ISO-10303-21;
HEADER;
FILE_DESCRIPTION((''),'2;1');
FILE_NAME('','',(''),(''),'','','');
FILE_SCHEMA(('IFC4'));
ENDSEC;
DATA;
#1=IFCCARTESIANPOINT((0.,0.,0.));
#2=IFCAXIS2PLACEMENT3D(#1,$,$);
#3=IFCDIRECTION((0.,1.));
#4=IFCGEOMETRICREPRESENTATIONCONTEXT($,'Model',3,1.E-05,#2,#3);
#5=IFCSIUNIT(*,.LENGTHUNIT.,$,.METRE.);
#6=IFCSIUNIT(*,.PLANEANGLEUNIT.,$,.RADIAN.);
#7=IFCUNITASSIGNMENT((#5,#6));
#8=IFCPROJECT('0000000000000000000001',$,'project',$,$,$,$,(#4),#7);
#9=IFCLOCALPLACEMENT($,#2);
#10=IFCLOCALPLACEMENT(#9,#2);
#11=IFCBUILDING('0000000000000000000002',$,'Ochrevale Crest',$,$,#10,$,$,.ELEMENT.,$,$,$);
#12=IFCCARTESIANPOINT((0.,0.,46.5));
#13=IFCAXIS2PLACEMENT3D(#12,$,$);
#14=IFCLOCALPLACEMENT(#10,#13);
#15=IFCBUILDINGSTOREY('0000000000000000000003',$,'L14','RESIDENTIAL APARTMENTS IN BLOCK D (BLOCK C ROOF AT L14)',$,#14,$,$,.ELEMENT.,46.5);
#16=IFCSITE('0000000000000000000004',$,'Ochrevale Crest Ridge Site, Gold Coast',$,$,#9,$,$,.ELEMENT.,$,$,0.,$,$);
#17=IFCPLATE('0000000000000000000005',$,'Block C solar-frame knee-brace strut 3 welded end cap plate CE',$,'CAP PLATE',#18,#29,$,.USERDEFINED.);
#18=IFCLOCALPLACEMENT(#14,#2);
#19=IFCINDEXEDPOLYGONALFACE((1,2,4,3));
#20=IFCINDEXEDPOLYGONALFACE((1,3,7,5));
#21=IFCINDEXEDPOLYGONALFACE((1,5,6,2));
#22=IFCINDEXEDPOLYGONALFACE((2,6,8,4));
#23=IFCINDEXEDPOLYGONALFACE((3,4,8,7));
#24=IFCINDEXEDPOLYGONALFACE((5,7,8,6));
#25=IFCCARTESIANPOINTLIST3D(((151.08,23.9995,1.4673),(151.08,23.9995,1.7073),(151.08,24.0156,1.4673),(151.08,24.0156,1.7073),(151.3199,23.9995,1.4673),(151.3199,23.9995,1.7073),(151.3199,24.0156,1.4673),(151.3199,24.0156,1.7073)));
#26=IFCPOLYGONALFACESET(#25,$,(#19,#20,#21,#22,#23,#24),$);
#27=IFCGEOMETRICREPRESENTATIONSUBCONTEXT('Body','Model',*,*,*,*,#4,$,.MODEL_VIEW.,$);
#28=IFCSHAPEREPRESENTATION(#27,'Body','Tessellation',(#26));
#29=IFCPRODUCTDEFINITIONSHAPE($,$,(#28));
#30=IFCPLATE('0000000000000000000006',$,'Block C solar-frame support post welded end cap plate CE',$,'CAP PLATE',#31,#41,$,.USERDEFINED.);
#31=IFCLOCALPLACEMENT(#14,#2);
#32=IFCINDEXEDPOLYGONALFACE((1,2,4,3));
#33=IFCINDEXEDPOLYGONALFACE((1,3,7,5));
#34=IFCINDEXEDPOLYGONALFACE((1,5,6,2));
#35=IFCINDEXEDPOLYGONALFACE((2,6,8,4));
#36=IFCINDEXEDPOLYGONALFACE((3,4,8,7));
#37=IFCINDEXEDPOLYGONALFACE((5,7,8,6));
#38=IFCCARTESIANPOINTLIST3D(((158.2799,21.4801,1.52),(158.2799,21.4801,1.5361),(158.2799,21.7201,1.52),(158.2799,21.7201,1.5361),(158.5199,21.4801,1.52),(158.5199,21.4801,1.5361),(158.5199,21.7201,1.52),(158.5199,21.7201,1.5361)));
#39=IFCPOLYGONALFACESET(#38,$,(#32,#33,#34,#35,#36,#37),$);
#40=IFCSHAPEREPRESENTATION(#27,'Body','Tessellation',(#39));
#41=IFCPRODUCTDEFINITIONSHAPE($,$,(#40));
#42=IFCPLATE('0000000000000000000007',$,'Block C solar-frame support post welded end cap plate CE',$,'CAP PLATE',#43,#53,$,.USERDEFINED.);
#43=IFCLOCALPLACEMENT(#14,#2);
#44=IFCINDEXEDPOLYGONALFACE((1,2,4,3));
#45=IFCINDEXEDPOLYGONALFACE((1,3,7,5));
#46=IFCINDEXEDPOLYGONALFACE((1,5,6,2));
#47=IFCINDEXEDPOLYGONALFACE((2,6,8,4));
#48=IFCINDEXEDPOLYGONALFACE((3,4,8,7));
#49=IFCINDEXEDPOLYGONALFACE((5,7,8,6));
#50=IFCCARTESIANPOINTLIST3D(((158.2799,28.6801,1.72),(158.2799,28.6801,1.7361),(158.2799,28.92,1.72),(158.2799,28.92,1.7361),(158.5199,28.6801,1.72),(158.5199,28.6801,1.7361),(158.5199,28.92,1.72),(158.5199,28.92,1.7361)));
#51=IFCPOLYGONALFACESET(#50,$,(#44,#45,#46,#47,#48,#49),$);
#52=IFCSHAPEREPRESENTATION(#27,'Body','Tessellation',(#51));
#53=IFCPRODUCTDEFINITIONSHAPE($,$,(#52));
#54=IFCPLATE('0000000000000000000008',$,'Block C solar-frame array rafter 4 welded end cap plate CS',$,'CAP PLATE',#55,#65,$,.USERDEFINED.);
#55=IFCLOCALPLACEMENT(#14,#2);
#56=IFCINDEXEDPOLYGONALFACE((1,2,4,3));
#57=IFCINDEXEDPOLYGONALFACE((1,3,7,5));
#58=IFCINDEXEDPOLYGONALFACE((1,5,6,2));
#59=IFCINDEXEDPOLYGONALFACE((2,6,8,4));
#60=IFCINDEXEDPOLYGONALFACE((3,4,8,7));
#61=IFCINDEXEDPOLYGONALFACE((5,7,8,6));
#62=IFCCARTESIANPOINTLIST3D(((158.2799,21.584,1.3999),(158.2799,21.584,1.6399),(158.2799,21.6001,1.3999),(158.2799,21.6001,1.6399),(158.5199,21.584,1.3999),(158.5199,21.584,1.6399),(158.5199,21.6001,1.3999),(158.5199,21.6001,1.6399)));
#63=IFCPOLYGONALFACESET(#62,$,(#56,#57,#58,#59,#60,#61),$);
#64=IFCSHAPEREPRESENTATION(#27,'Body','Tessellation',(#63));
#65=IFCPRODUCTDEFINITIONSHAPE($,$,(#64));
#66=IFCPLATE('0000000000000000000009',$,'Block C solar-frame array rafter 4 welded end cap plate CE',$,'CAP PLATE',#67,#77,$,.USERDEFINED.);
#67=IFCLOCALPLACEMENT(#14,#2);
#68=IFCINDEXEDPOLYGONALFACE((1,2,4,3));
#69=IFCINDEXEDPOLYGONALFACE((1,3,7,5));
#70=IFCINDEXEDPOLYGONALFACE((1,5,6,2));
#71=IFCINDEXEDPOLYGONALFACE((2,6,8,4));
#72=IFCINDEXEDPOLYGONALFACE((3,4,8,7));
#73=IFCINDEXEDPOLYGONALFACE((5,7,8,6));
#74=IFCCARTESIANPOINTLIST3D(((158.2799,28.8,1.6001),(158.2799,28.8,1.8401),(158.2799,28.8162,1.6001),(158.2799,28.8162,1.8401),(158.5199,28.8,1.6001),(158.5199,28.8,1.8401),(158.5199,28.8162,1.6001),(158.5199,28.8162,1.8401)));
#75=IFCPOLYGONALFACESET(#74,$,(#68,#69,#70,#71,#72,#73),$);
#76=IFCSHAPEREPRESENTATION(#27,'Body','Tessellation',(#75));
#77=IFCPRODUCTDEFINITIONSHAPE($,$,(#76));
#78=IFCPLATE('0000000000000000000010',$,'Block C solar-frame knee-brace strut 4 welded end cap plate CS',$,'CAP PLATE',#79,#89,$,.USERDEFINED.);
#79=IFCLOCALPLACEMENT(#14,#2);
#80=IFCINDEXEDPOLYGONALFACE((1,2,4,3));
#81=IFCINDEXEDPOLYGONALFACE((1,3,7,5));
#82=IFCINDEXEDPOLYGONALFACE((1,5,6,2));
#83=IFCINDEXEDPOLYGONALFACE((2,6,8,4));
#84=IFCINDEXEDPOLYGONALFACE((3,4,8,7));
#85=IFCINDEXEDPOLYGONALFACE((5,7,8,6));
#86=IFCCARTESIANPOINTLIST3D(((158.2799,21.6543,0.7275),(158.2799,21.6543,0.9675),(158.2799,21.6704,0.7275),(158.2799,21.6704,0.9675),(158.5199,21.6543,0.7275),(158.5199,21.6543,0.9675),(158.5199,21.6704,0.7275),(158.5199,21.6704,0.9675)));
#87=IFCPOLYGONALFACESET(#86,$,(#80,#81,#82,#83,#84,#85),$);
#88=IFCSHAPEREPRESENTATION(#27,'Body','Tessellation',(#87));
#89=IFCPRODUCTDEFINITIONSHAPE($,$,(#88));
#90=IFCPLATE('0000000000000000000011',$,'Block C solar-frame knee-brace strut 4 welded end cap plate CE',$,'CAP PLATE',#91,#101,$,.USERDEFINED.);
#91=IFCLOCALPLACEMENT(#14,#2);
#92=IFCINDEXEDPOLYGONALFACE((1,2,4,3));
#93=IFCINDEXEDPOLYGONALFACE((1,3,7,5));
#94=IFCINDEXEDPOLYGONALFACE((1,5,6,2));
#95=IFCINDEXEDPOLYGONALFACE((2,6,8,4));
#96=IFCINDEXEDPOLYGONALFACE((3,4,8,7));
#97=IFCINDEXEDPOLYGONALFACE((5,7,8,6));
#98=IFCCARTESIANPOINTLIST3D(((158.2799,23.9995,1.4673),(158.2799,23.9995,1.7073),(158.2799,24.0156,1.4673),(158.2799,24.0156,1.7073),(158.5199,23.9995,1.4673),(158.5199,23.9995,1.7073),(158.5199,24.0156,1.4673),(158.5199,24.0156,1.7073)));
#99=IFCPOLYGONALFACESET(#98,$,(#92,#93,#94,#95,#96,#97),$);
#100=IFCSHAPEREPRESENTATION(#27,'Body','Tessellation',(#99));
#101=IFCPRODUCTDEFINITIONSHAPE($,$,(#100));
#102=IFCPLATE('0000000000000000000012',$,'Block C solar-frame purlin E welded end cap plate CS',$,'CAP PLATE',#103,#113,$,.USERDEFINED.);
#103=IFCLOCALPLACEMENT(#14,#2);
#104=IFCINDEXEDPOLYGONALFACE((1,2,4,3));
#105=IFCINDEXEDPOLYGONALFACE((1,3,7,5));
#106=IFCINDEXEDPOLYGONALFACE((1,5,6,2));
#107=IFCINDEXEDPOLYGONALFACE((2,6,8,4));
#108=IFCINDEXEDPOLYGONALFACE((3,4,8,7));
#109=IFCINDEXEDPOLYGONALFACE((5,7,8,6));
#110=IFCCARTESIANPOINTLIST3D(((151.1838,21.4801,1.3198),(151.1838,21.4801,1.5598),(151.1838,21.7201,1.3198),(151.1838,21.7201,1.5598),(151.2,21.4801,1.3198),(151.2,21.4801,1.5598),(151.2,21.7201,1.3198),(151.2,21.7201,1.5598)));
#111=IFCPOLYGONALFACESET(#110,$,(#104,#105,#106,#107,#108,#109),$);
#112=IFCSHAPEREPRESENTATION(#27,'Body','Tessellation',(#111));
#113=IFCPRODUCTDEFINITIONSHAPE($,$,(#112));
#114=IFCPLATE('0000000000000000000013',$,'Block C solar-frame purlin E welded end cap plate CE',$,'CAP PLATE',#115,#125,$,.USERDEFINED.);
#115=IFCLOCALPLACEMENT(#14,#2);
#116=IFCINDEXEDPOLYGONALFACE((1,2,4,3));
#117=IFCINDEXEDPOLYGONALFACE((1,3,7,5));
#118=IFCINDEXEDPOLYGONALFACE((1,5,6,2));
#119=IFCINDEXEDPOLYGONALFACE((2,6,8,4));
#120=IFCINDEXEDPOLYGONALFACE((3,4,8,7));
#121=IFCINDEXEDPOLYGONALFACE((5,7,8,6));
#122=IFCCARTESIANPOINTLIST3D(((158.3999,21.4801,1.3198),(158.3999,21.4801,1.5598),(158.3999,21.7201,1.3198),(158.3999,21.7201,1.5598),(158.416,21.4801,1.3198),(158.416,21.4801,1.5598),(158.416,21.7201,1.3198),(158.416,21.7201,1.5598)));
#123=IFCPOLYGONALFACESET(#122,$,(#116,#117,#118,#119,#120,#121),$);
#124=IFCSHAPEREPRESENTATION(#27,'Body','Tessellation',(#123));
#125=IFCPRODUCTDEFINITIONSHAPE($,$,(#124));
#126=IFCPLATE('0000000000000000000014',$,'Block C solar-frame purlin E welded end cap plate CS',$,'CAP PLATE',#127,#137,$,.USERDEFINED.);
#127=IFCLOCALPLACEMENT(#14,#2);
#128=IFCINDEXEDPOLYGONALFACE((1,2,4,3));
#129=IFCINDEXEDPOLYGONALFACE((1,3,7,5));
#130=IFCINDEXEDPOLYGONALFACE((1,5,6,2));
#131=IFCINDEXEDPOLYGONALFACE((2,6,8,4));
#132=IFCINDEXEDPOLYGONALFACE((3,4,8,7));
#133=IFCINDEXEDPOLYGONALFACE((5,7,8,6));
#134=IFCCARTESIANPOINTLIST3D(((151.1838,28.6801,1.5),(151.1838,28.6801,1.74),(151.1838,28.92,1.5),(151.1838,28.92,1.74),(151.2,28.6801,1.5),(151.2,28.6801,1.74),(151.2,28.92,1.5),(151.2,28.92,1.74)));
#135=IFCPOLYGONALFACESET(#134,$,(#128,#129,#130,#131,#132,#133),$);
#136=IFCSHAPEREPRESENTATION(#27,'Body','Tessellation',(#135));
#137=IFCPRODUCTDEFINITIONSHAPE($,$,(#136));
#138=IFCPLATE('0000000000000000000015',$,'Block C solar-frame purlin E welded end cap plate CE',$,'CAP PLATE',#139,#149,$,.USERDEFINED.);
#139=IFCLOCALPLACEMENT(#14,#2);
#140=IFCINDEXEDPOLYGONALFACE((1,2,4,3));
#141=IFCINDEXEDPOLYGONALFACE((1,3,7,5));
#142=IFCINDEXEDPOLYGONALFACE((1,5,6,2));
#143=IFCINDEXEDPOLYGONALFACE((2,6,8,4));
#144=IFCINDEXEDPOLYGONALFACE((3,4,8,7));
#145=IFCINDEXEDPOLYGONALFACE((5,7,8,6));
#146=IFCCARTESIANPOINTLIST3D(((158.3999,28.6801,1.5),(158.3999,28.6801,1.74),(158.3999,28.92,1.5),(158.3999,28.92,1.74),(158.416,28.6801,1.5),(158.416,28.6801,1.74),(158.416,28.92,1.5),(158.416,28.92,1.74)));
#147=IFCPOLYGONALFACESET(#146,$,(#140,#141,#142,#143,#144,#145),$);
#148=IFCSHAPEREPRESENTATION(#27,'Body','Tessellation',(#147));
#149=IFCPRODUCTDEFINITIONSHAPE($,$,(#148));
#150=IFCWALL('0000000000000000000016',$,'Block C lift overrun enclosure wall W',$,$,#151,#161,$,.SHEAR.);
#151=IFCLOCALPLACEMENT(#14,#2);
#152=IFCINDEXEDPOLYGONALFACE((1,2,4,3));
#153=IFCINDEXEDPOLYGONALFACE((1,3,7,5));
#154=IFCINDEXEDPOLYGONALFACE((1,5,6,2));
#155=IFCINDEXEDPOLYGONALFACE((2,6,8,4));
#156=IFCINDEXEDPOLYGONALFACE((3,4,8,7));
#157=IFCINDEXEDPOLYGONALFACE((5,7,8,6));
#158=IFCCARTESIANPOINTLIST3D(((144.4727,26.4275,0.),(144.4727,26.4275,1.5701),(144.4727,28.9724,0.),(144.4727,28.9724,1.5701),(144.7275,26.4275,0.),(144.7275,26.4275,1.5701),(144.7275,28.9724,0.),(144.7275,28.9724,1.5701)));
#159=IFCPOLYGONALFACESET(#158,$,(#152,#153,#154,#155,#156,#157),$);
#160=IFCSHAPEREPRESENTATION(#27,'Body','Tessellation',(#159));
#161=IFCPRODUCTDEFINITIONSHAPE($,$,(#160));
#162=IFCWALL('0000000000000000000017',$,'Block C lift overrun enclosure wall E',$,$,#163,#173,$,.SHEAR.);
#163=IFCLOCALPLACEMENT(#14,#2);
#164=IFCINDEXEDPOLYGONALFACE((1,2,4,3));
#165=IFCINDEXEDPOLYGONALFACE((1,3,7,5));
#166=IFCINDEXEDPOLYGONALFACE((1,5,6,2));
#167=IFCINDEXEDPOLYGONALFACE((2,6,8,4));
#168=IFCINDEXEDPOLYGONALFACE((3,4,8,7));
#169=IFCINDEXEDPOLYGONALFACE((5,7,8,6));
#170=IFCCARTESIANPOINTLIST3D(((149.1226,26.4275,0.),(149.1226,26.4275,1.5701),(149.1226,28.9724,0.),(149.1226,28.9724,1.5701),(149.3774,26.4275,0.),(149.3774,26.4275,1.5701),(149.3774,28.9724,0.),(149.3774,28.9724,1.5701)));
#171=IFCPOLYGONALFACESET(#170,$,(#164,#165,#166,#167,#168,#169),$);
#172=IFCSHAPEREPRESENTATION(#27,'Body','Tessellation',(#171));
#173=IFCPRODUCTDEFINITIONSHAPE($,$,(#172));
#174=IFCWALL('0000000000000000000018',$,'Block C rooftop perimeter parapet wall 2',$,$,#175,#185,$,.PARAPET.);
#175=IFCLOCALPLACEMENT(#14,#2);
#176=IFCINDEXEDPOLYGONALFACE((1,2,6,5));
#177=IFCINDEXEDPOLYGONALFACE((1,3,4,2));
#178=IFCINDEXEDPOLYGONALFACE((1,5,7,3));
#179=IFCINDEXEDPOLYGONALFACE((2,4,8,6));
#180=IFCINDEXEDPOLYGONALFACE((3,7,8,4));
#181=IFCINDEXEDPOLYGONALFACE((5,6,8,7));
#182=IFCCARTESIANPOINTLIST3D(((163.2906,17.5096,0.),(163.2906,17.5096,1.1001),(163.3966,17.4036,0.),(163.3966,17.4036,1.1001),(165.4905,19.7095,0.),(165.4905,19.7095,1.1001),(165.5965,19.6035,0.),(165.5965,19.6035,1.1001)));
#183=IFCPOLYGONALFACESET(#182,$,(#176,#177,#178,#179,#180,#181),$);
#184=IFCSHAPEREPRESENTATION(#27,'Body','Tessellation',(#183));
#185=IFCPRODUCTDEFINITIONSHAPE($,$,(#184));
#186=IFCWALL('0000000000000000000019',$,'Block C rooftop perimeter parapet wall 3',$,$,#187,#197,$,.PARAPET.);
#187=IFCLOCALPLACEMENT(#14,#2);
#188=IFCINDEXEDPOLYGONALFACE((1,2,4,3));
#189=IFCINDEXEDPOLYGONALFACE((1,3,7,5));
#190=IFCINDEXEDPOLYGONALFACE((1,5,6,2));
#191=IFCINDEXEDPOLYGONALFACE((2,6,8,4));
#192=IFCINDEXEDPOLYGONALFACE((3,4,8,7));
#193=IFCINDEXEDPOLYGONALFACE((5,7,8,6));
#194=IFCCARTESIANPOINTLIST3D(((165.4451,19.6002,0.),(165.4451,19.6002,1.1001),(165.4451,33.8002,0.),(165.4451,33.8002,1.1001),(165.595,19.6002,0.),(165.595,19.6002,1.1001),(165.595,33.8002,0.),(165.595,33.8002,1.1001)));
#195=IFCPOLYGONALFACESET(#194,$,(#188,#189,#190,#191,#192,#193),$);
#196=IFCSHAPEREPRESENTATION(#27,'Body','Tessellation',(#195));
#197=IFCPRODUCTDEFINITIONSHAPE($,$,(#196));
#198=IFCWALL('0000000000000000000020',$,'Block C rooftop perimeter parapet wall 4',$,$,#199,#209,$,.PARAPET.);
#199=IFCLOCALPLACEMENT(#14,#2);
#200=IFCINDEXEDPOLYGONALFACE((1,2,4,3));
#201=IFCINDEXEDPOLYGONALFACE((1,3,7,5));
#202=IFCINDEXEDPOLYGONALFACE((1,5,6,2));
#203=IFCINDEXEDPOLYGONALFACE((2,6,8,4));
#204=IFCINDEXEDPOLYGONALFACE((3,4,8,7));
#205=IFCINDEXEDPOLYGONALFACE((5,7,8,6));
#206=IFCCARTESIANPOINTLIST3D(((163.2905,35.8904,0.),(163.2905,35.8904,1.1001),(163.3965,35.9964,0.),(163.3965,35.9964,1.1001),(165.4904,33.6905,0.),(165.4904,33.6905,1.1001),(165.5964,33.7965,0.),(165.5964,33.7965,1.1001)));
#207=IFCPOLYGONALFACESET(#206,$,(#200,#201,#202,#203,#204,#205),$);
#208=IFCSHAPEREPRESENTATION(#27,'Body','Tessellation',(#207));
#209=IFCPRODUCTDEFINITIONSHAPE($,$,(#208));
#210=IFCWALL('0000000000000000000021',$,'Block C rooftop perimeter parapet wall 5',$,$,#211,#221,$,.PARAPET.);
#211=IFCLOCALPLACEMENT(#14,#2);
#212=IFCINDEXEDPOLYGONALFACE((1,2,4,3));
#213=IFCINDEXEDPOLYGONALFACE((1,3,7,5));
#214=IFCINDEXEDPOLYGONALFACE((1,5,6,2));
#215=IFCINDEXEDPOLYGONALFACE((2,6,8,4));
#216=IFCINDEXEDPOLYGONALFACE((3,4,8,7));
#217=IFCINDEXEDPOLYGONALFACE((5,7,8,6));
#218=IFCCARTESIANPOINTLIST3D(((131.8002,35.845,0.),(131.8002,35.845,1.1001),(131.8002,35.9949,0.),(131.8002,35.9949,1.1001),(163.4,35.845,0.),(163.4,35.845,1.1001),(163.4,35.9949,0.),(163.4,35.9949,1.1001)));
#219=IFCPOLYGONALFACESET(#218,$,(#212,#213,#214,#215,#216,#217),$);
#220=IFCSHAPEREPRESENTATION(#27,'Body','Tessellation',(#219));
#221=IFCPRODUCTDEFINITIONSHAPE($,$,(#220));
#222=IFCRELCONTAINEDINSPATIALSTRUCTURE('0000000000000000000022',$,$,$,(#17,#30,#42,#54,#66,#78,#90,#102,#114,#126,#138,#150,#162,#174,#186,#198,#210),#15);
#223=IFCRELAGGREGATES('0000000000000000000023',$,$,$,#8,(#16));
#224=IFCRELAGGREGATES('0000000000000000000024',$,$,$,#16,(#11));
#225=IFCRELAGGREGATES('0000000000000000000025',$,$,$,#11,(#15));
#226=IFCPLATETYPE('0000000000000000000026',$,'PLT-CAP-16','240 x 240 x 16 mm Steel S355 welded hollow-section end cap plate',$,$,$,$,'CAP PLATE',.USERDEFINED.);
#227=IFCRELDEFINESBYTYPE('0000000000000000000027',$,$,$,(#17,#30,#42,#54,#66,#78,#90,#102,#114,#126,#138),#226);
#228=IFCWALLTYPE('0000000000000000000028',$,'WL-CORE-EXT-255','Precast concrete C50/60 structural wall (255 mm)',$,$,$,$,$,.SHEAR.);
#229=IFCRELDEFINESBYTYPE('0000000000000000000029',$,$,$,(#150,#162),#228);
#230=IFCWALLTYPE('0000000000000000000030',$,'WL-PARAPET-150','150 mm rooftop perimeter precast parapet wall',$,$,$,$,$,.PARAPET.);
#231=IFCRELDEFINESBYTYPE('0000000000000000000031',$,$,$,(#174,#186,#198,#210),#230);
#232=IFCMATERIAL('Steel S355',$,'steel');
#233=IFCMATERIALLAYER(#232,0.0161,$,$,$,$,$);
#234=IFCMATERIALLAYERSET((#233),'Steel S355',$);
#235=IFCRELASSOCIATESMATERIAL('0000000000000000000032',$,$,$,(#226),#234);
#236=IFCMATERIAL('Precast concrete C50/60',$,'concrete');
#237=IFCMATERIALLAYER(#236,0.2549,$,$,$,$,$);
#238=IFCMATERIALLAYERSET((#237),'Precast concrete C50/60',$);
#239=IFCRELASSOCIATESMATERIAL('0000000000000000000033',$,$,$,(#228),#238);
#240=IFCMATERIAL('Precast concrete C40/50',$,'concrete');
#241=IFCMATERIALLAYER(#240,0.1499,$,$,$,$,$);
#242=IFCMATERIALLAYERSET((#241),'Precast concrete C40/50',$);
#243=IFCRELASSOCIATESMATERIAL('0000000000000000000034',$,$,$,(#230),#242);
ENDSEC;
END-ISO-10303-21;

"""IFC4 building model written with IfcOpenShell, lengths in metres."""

from ifc_helpers import new_model, si_unit, direction, frame, frame_2d, origin, origin_2d, place, context, subcontext, project, spatial, rectangle, extrude, material, layer, layer_set, type_object, element, save


model = new_model("IFC4")

# Units and contexts
model_context = context("Model", 3, precision=1e-05, world=origin(), true_north=direction((0.0, 1.0)))
body_context = subcontext(model_context, "Body", "Model", "MODEL_VIEW")
ifc_project = project(units=[si_unit("LENGTHUNIT", "METRE"), si_unit("PLANEANGLEUNIT", "RADIAN")], contexts=[model_context])

# Site, building, storey
site_placement = place(None, origin())
site = spatial("IfcSite", under=ifc_project, at=site_placement, Name="Ochrevale Crest Ridge Site, Gold Coast", CompositionType="ELEMENT", RefElevation=0.0)
building_placement = place(site_placement, origin())
building = spatial("IfcBuilding", under=site, at=building_placement, Name="Ochrevale Crest", CompositionType="ELEMENT")
storey_placement = place(building_placement, frame((0.0, 0.0, 46.5)))
storey = spatial("IfcBuildingStorey", under=building, at=storey_placement, Name="L14", Description="RESIDENTIAL APARTMENTS IN BLOCK D (BLOCK C ROOF AT L14)", CompositionType="ELEMENT", Elevation=46.5)

# Shared definitions
ifc_material_1 = material(Name="Precast concrete C40/50", Category="concrete")
ifc_material_2 = material(Name="Steel S355", Category="steel")

# Plates
ifc_layer_1 = layer(ifc_material_2, 0.0161)
ifc_layer_set_1 = layer_set([ifc_layer_1], Name="Steel S355")
plate_type = type_object("IfcPlateType", Name="PLT-CAP-16", Description="240 x 240 x 16 mm Steel S355 welded hollow-section end cap plate", ElementType="CAP PLATE", PredefinedType="USERDEFINED", material=ifc_layer_set_1)
for number, where, z_axis, x_axis, name in (
    (1, (151.2, 24.0076, 1.4673), (0.0, 0.0, 1.0), (0.0, 1.0, 0.0), "Block C solar-frame knee-brace strut 3 welded end cap plate CE"),
):
    element("IfcPlate", number, at=place(storey_placement, frame(where, z_axis=z_axis, x_axis=x_axis)), inside=storey, type_object=plate_type, Name=name, ObjectType="CAP PLATE", PredefinedType="USERDEFINED", context=body_context, shape_type="SweptSolid", body=[
        extrude(rectangle(XDim=0.0161, YDim=0.24, at=origin_2d()), origin(), (0.0, 0.0, 1.0), 0.24),
    ])
for number, where, z_axis, x_axis, name in (
    (2, (158.3999, 21.6001, 1.52), (0.0, 0.0, 1.0), (1.0, 0.0, 0.0), "Block C solar-frame support post welded end cap plate CE"),
    (3, (158.3999, 28.8, 1.72), (0.0, 0.0, 1.0), (1.0, 0.0, 0.0), "Block C solar-frame support post welded end cap plate CE"),
):
    element("IfcPlate", number, at=place(storey_placement, frame(where, z_axis=z_axis, x_axis=x_axis)), inside=storey, type_object=plate_type, Name=name, ObjectType="CAP PLATE", PredefinedType="USERDEFINED", context=body_context, shape_type="SweptSolid", body=[
        extrude(rectangle(XDim=0.24, YDim=0.24, at=origin_2d()), origin(), (0.0, 0.0, 1.0), 0.0161),
    ])
for number, where, z_axis, x_axis, name in (
    (4, (158.3999, 21.592, 1.3999), (0.0, 0.0, 1.0), (0.0, 1.0, 0.0), "Block C solar-frame array rafter 4 welded end cap plate CS"),
    (5, (158.3999, 28.8081, 1.6001), (0.0, 0.0, 1.0), (0.0, 1.0, 0.0), "Block C solar-frame array rafter 4 welded end cap plate CE"),
    (6, (158.3999, 21.6624, 0.7275), (0.0, 0.0, 1.0), (0.0, 1.0, 0.0), "Block C solar-frame knee-brace strut 4 welded end cap plate CS"),
    (7, (158.3999, 24.0076, 1.4673), (0.0, 0.0, 1.0), (0.0, 1.0, 0.0), "Block C solar-frame knee-brace strut 4 welded end cap plate CE"),
    (8, (151.1919, 21.6001, 1.3198), (0.0, 0.0, 1.0), (1.0, 0.0, 0.0), "Block C solar-frame purlin E welded end cap plate CS"),
    (9, (158.408, 21.6001, 1.3198), (0.0, 0.0, 1.0), (1.0, 0.0, 0.0), "Block C solar-frame purlin E welded end cap plate CE"),
    (10, (151.1919, 28.8, 1.5), (0.0, 0.0, 1.0), (1.0, 0.0, 0.0), "Block C solar-frame purlin E welded end cap plate CS"),
    (11, (158.408, 28.8, 1.5), (0.0, 0.0, 1.0), (1.0, 0.0, 0.0), "Block C solar-frame purlin E welded end cap plate CE"),
):
    element("IfcPlate", number, at=place(storey_placement, frame(where, z_axis=z_axis, x_axis=x_axis)), inside=storey, type_object=plate_type, Name=name, ObjectType="CAP PLATE", PredefinedType="USERDEFINED", context=body_context, shape_type="SweptSolid", body=[
        extrude(rectangle(XDim=0.0161, YDim=0.24, at=origin_2d()), origin(), (0.0, 0.0, 1.0), 0.24),
    ])

# Walls
ifc_material_3 = material(Name="Precast concrete C50/60", Category="concrete")
ifc_layer_2 = layer(ifc_material_3, 0.2549)
ifc_layer_set_2 = layer_set([ifc_layer_2], Name="Precast concrete C50/60")
wall_type_1 = type_object("IfcWallType", Name="WL-CORE-EXT-255", Description="Precast concrete C50/60 structural wall (255 mm)", PredefinedType="SHEAR", material=ifc_layer_set_2)
for number, where, z_axis, x_axis, name in (
    (12, (144.6001, 26.4275, 0.0), (0.0, 0.0, 1.0), (0.0, 1.0, 0.0), "Block C lift overrun enclosure wall W"),
    (13, (149.25, 26.4275, 0.0), (0.0, 0.0, 1.0), (0.0, 1.0, 0.0), "Block C lift overrun enclosure wall E"),
):
    element("IfcWall", number, at=place(storey_placement, frame(where, z_axis=z_axis, x_axis=x_axis)), inside=storey, type_object=wall_type_1, Name=name, PredefinedType="SHEAR", context=body_context, shape_type="SweptSolid", body=[
        extrude(rectangle(XDim=2.5449, YDim=0.2549, at=frame_2d((1.2725, 0.0))), origin(), (0.0, 0.0, 1.0), 1.5701),
    ])
ifc_layer_3 = layer(ifc_material_1, 0.1499)
ifc_layer_set_3 = layer_set([ifc_layer_3], Name="Precast concrete C40/50")
wall_type_2 = type_object("IfcWallType", Name="WL-PARAPET-150", Description="150 mm rooftop perimeter precast parapet wall", PredefinedType="PARAPET", material=ifc_layer_set_3)
wall_1_placement = place(storey_placement, frame((163.3435, 17.4565, 0.0), z_axis=(0.0, 0.0, 1.0), x_axis=(0.707107, 0.707107, 0.0)))
element("IfcWall", 14, at=wall_1_placement, inside=storey, type_object=wall_type_2, Name="Block C rooftop perimeter parapet wall 2", PredefinedType="PARAPET", context=body_context, shape_type="SweptSolid", body=[
    extrude(rectangle(XDim=3.1111, YDim=0.1499, at=frame_2d((1.5557, 0.0))), origin(), (0.0, 0.0, 1.0), 1.1001),
])
wall_2_placement = place(storey_placement, frame((165.52, 19.6001, 0.0), z_axis=(0.0, 0.0, 1.0), x_axis=(0.0, 1.0, 0.0)))
element("IfcWall", 15, at=wall_2_placement, inside=storey, type_object=wall_type_2, Name="Block C rooftop perimeter parapet wall 3", PredefinedType="PARAPET", context=body_context, shape_type="SweptSolid", body=[
    extrude(rectangle(XDim=14.2, YDim=0.1499, at=frame_2d((7.1001, 0.0))), origin(), (0.0, 0.0, 1.0), 1.1001),
])
wall_3_placement = place(storey_placement, frame((165.5435, 33.7434, 0.0), z_axis=(0.0, 0.0, 1.0), x_axis=(-0.707107, 0.707107, 0.0)))
element("IfcWall", 16, at=wall_3_placement, inside=storey, type_object=wall_type_2, Name="Block C rooftop perimeter parapet wall 4", PredefinedType="PARAPET", context=body_context, shape_type="SweptSolid", body=[
    extrude(rectangle(XDim=3.1111, YDim=0.1499, at=frame_2d((1.5557, 0.0))), origin(), (0.0, 0.0, 1.0), 1.1001),
])
wall_4_placement = place(storey_placement, frame((163.3999, 35.9199, 0.0), z_axis=(0.0, 0.0, 1.0), x_axis=(-1.0, 0.0, 0.0)))
element("IfcWall", 17, at=wall_4_placement, inside=storey, type_object=wall_type_2, Name="Block C rooftop perimeter parapet wall 5", PredefinedType="PARAPET", context=body_context, shape_type="SweptSolid", body=[
    extrude(rectangle(XDim=31.5999, YDim=0.1499, at=frame_2d((15.7998, 0.0))), origin(), (0.0, 0.0, 1.0), 1.1001),
])

save(model, "model.ifc")
